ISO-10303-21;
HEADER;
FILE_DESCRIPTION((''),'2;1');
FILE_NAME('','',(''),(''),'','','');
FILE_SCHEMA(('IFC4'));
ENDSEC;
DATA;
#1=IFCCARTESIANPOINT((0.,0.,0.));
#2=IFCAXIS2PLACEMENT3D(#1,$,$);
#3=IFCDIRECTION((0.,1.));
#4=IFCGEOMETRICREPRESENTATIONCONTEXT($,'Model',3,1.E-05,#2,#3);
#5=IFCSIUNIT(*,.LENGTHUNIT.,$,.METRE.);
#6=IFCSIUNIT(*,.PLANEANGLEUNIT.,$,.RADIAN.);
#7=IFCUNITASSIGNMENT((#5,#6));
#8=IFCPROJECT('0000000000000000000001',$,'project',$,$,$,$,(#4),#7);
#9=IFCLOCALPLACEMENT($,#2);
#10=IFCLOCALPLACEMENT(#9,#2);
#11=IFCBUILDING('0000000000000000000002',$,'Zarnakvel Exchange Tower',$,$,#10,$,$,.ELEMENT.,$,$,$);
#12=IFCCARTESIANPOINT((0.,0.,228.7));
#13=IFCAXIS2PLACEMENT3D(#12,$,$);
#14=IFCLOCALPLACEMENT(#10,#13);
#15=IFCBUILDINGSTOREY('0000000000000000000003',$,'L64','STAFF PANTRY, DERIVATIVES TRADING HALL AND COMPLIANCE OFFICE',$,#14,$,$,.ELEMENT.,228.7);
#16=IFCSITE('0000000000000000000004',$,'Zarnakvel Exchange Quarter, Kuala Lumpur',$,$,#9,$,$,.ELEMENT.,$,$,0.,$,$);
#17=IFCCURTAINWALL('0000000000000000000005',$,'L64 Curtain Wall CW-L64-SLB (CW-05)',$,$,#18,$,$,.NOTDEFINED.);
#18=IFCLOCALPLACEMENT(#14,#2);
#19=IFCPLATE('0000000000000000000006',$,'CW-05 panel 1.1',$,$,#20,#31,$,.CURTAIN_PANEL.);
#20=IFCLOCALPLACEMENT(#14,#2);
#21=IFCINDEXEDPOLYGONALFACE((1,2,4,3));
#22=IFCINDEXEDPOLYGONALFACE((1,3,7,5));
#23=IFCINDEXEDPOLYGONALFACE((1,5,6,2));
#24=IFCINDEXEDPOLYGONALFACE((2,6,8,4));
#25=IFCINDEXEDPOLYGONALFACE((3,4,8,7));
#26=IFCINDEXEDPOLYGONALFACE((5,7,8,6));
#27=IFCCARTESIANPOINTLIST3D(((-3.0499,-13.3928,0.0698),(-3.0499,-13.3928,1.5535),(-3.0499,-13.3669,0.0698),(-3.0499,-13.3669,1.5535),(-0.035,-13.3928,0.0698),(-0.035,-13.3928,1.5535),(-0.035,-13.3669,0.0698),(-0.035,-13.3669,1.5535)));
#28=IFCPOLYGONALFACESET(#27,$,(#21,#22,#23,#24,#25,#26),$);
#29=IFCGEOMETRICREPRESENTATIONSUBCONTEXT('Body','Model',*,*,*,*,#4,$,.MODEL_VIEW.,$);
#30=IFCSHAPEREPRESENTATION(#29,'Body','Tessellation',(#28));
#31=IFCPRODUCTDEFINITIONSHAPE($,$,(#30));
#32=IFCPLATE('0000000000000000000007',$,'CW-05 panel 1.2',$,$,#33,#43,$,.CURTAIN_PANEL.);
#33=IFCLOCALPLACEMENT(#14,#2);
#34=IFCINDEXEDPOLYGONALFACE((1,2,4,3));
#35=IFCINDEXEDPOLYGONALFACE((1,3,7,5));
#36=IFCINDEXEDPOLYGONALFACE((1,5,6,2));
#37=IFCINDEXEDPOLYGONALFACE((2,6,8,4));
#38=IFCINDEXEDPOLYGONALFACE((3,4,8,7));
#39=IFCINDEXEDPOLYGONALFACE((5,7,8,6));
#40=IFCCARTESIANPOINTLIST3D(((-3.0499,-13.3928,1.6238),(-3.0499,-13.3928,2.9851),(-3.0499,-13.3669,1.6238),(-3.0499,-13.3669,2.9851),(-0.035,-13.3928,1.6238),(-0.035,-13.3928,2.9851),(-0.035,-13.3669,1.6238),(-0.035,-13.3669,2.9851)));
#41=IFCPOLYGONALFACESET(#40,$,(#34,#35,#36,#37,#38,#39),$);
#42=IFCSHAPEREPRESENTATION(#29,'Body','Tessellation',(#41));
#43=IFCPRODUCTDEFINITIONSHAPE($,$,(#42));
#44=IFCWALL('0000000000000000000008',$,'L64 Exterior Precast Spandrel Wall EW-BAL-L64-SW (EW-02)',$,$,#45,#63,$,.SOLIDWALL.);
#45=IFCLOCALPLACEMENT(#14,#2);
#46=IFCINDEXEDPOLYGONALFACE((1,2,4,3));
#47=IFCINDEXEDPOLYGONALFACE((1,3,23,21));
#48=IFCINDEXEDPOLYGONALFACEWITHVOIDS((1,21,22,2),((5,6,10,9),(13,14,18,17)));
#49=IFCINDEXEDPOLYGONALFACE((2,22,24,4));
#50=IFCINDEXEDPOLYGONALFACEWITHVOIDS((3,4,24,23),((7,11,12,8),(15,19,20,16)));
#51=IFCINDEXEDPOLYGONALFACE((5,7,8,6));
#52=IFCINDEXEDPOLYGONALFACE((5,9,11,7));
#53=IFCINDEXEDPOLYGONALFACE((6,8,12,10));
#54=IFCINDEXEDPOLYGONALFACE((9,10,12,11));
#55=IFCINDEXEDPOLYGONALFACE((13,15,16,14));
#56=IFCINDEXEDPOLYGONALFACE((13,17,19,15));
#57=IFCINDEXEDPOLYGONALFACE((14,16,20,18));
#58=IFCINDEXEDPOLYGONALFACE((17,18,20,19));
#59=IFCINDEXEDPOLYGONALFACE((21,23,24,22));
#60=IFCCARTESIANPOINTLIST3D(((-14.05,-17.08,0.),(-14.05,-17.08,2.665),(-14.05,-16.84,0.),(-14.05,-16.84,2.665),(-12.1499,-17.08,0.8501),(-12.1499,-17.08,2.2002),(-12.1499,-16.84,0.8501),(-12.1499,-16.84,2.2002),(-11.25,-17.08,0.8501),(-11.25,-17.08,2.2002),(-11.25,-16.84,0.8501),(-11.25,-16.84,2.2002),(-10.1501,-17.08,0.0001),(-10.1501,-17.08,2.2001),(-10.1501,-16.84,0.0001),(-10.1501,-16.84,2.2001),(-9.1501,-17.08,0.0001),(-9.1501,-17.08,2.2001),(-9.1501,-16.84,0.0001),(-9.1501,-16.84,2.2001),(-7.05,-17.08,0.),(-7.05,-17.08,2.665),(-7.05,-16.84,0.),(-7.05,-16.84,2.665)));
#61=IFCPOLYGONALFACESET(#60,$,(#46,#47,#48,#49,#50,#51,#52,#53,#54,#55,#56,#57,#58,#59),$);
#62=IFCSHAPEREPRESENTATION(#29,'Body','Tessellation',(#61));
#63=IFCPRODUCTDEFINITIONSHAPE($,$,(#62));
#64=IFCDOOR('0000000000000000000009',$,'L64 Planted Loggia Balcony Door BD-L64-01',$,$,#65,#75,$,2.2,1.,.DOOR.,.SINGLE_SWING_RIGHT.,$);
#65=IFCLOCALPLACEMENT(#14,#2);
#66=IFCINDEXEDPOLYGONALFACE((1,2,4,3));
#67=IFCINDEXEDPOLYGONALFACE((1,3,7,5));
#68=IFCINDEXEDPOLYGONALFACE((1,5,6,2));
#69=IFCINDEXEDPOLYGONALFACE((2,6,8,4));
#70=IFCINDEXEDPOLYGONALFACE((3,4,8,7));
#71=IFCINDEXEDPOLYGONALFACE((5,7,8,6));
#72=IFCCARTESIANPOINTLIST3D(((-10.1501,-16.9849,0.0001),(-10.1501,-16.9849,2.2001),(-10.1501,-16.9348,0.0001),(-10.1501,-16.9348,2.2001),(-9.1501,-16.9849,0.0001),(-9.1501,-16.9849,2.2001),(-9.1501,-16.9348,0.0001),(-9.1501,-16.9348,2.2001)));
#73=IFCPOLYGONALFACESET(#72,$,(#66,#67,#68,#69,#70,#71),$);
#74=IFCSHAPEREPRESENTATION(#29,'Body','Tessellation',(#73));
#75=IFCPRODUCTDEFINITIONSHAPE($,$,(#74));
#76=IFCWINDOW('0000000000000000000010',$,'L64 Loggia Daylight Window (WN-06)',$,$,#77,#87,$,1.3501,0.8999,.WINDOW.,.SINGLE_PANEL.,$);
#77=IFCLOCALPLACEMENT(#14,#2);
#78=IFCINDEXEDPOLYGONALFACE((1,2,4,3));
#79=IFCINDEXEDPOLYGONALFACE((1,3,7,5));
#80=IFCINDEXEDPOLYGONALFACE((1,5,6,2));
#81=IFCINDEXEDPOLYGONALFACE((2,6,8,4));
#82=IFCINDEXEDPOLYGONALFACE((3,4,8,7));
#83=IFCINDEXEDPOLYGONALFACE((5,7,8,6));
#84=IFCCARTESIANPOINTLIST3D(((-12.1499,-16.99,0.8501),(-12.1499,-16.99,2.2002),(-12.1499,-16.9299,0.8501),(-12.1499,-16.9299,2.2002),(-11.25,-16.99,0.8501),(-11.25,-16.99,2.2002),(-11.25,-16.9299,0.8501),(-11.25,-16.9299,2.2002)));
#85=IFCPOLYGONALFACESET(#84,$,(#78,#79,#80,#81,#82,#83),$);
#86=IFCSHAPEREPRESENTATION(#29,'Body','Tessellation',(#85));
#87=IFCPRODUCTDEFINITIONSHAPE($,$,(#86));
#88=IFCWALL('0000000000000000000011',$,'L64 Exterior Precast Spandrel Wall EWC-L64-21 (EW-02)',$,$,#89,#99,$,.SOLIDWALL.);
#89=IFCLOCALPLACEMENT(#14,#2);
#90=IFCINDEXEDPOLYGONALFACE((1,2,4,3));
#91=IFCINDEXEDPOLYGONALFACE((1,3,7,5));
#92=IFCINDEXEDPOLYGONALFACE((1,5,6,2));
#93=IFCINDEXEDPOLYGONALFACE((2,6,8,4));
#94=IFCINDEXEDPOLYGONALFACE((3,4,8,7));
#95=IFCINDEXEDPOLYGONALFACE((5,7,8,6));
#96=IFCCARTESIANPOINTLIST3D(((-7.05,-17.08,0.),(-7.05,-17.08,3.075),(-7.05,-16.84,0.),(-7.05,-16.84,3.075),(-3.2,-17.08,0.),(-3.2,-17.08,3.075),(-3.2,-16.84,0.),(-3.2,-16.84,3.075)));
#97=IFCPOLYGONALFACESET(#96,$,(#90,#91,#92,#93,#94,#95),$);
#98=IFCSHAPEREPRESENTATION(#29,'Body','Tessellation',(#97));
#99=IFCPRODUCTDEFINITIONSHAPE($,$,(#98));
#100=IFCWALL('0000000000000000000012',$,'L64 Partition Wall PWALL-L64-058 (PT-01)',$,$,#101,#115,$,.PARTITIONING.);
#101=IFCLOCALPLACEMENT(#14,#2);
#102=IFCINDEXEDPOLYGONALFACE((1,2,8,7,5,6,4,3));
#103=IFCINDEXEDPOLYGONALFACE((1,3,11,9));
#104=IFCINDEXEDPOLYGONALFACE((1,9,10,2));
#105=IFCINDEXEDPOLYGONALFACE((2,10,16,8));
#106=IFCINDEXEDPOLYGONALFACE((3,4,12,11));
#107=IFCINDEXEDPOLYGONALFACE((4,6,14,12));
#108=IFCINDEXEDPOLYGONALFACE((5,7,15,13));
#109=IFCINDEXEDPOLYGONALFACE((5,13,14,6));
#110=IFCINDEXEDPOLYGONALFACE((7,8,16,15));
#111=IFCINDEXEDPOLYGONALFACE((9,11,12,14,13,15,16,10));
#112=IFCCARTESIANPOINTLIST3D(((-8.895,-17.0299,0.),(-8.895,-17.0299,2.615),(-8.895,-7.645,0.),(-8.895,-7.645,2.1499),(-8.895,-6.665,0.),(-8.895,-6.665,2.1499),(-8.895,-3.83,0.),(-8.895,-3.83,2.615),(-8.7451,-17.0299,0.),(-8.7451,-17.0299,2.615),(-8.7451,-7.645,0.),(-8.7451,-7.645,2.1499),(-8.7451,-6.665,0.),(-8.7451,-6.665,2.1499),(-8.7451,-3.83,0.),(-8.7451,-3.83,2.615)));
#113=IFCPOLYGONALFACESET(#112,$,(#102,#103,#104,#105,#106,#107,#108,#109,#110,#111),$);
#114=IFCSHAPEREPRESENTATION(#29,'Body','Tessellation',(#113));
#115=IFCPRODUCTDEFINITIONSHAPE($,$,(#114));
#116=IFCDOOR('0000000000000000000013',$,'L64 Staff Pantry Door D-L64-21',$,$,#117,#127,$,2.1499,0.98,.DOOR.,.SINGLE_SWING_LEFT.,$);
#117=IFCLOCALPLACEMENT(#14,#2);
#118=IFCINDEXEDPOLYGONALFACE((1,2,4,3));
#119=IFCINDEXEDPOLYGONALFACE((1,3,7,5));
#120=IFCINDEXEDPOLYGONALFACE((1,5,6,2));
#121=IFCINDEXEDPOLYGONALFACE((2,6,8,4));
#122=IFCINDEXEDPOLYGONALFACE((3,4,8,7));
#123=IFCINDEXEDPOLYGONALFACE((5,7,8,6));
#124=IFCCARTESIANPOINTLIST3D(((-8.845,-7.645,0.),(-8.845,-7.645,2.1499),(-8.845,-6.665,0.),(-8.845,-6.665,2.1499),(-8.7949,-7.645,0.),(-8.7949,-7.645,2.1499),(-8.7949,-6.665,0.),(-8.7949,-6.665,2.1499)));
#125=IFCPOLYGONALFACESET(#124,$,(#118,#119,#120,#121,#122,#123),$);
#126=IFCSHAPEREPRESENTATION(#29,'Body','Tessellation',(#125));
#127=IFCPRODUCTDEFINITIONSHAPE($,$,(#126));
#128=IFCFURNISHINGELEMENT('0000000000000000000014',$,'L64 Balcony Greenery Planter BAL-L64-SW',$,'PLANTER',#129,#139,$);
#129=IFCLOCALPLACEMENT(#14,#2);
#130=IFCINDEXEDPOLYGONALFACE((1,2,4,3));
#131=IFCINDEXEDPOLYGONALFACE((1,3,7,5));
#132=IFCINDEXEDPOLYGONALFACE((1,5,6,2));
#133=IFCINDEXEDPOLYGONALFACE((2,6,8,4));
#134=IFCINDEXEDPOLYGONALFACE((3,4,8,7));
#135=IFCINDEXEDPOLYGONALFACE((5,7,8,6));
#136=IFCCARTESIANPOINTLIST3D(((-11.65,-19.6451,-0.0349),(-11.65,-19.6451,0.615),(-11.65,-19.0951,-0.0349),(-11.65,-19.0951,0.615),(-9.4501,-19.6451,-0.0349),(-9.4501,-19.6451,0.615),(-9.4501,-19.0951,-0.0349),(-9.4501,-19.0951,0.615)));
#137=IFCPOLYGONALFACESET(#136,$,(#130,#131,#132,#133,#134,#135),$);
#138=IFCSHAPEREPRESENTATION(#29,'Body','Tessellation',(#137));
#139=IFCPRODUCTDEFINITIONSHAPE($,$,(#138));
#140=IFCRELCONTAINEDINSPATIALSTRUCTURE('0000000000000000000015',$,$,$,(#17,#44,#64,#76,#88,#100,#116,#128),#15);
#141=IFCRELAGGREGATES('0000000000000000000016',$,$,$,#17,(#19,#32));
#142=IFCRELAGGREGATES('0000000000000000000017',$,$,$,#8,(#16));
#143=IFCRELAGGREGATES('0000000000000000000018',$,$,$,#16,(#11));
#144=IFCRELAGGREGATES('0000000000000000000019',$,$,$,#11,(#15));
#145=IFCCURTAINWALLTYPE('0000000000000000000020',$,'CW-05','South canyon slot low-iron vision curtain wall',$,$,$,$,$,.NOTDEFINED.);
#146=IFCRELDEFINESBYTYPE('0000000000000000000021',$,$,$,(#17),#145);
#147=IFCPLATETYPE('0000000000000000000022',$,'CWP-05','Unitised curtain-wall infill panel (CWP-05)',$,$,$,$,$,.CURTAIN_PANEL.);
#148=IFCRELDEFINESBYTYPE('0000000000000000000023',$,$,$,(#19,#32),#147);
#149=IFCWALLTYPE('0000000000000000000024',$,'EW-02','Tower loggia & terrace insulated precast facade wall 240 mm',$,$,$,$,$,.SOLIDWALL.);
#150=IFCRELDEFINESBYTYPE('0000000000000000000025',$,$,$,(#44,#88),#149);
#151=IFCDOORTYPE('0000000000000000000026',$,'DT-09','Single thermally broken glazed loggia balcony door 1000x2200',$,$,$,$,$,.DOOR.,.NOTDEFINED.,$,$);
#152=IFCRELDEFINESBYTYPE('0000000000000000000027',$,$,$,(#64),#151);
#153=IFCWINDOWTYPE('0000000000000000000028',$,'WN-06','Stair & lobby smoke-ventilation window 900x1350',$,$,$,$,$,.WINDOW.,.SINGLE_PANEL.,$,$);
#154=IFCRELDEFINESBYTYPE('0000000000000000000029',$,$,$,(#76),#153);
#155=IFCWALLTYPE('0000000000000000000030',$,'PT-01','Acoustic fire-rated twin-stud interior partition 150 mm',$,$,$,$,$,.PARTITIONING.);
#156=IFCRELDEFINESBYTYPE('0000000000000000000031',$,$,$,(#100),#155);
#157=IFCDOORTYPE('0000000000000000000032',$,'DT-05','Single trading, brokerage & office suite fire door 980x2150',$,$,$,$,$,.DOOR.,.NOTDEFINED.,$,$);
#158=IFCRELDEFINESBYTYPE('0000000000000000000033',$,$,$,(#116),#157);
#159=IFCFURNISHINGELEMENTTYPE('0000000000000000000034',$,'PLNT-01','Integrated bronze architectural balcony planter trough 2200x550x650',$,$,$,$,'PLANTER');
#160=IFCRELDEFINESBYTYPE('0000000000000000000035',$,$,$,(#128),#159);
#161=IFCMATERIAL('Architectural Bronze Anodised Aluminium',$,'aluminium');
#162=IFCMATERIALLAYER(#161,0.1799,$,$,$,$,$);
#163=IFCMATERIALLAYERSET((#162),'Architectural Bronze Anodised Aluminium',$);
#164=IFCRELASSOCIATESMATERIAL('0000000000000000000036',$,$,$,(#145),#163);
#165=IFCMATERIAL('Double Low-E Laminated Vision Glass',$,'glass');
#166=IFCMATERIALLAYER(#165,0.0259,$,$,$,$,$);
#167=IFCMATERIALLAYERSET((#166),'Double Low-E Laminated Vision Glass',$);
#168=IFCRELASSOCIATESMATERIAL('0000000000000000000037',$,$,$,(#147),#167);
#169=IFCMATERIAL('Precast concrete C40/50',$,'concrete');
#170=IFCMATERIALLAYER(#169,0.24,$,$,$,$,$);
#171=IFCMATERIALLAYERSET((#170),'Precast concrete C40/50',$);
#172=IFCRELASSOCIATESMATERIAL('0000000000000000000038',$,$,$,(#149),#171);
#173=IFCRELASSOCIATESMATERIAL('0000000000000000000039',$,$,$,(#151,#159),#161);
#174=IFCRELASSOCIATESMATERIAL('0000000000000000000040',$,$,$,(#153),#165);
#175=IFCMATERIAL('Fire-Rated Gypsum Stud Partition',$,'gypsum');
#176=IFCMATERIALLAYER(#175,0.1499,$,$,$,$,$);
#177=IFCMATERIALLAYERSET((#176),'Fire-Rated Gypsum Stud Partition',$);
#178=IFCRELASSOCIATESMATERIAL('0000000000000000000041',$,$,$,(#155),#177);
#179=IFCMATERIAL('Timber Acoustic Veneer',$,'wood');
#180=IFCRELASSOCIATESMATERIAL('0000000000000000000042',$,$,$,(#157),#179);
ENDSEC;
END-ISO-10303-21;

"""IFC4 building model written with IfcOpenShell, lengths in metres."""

from ifc_helpers import new_model, si_unit, direction, frame, frame_2d, origin, origin_2d, place, context, subcontext, project, spatial, rectangle, extrude, source, transform, mapped, material, layer, layer_set, type_object, element, fill, aggregate, save


model = new_model("IFC4")

# Units and contexts
model_context = context("Model", 3, precision=1e-05, world=origin(), true_north=direction((0.0, 1.0)))
body_context = subcontext(model_context, "Body", "Model", "MODEL_VIEW")
ifc_project = project(units=[si_unit("LENGTHUNIT", "METRE"), si_unit("PLANEANGLEUNIT", "RADIAN")], contexts=[model_context])

# Site, building, storey
site_placement = place(None, origin())
site = spatial("IfcSite", under=ifc_project, at=site_placement, Name="Zarnakvel Exchange Quarter, Kuala Lumpur", CompositionType="ELEMENT", RefElevation=0.0)
building_placement = place(site_placement, origin())
building = spatial("IfcBuilding", under=site, at=building_placement, Name="Zarnakvel Exchange Tower", CompositionType="ELEMENT")
storey_placement = place(building_placement, frame((0.0, 0.0, 228.7)))
storey = spatial("IfcBuildingStorey", under=building, at=storey_placement, Name="L64", Description="STAFF PANTRY, DERIVATIVES TRADING HALL AND COMPLIANCE OFFICE", CompositionType="ELEMENT", Elevation=228.7)

# Curtain wall
ifc_material_1 = material(Name="Architectural Bronze Anodised Aluminium", Category="aluminium")
ifc_layer_1 = layer(ifc_material_1, 0.1799)
ifc_layer_set_1 = layer_set([ifc_layer_1], Name="Architectural Bronze Anodised Aluminium")
curtain_wall_type = type_object("IfcCurtainWallType", Name="CW-05", Description="South canyon slot low-iron vision curtain wall", PredefinedType="NOTDEFINED", material=ifc_layer_set_1)
curtain_wall_1_placement = place(storey_placement, origin())
curtain_wall_1 = element("IfcCurtainWall", 1, at=curtain_wall_1_placement, inside=storey, type_object=curtain_wall_type, Name="L64 Curtain Wall CW-L64-SLB (CW-05)", PredefinedType="NOTDEFINED")

# Plates
ifc_material_2 = material(Name="Double Low-E Laminated Vision Glass", Category="glass")
ifc_layer_2 = layer(ifc_material_2, 0.0259)
ifc_layer_set_2 = layer_set([ifc_layer_2], Name="Double Low-E Laminated Vision Glass")
plate_type = type_object("IfcPlateType", Name="CWP-05", Description="Unitised curtain-wall infill panel (CWP-05)", PredefinedType="CURTAIN_PANEL", material=ifc_layer_set_2)
shared_shape_1 = source(origin(), body_context, "Body", "SweptSolid", [
    extrude(rectangle(XDim=3.0149, YDim=0.0259, at=origin_2d()), origin(), (0.0, 0.0, 1.0), 1.4836),
])
plate_1_placement = place(storey_placement, frame((-1.5425, -13.3799, 0.0698), z_axis=(0.0, 0.0, 1.0), x_axis=(1.0, 0.0, 0.0)))
plate_1 = element("IfcPlate", 2, at=plate_1_placement, type_object=plate_type, Name="CW-05 panel 1.1", PredefinedType="CURTAIN_PANEL", context=body_context, shape_type="MappedRepresentation", body=[
    mapped(shared_shape_1, transform((0.0, 0.0, 0.0), x_axis=(1.0, 0.0, 0.0), y_axis=(0.0, 1.0, 0.0), z_axis=(0.0, 0.0, 1.0), scale=1.0)),
])
shared_shape_2 = source(origin(), body_context, "Body", "SweptSolid", [
    extrude(rectangle(XDim=3.0149, YDim=0.0259, at=origin_2d()), origin(), (0.0, 0.0, 1.0), 1.3613),
])
plate_2_placement = place(storey_placement, frame((-1.5425, -13.3799, 1.6238), z_axis=(0.0, 0.0, 1.0), x_axis=(1.0, 0.0, 0.0)))
plate_2 = element("IfcPlate", 3, at=plate_2_placement, type_object=plate_type, Name="CW-05 panel 1.2", PredefinedType="CURTAIN_PANEL", context=body_context, shape_type="MappedRepresentation", body=[
    mapped(shared_shape_2, transform((0.0, 0.0, 0.0), x_axis=(1.0, 0.0, 0.0), y_axis=(0.0, 1.0, 0.0), z_axis=(0.0, 0.0, 1.0), scale=1.0)),
])
aggregate(curtain_wall_1, [plate_1, plate_2])

# Wall, openings, door, window
ifc_material_3 = material(Name="Precast concrete C40/50", Category="concrete")
ifc_layer_3 = layer(ifc_material_3, 0.24)
ifc_layer_set_3 = layer_set([ifc_layer_3], Name="Precast concrete C40/50")
wall_type_1 = type_object("IfcWallType", Name="EW-02", Description="Tower loggia & terrace insulated precast facade wall 240 mm", PredefinedType="SOLIDWALL", material=ifc_layer_set_3)
wall_1_placement = place(storey_placement, frame((-7.05, -16.96, 0.0), z_axis=(0.0, 0.0, 1.0), x_axis=(-1.0, 0.0, 0.0)))
wall_1 = element("IfcWall", 4, at=wall_1_placement, inside=storey, type_object=wall_type_1, Name="L64 Exterior Precast Spandrel Wall EW-BAL-L64-SW (EW-02)", PredefinedType="SOLIDWALL", context=body_context, shape_type="SweptSolid", body=[
    extrude(rectangle(XDim=7.0, YDim=0.24, at=frame_2d((3.5, 0.0))), origin(), (0.0, 0.0, 1.0), 2.665),
])
opening_1_placement = place(wall_1_placement, frame((2.1001, 0.0, 0.0)))
opening_1 = element("IfcOpeningElement", 5, at=opening_1_placement, cuts=wall_1, PredefinedType="OPENING", context=body_context, shape_type="SweptSolid", body=[
    extrude(rectangle(XDim=1.0, YDim=2.2, at=frame_2d((0.5, 1.1001))), frame((0.0, 0.1299, 0.0), z_axis=(0.0, -1.0, 0.0), x_axis=(1.0, 0.0, 0.0)), (0.0, 0.0, 1.0), 0.26),
])
opening_2_placement = place(wall_1_placement, frame((4.2, 0.0, 0.8501)))
opening_2 = element("IfcOpeningElement", 6, at=opening_2_placement, cuts=wall_1, PredefinedType="OPENING", context=body_context, shape_type="SweptSolid", body=[
    extrude(rectangle(XDim=0.8999, YDim=1.3501, at=frame_2d((0.45, 0.675))), frame((0.0, 0.1299, 0.0), z_axis=(0.0, -1.0, 0.0), x_axis=(1.0, 0.0, 0.0)), (0.0, 0.0, 1.0), 0.26),
])
door_type_1 = type_object("IfcDoorType", Name="DT-09", Description="Single thermally broken glazed loggia balcony door 1000x2200", OperationType="NOTDEFINED", PredefinedType="DOOR", material=ifc_material_1)
shared_shape_3 = source(origin(), body_context, "Body", "SweptSolid", [
    extrude(rectangle(XDim=1.0, YDim=2.2, at=frame_2d((0.5, 1.1001))), frame((0.0, 0.0249, 0.0), z_axis=(0.0, -1.0, 0.0), x_axis=(1.0, 0.0, 0.0)), (0.0, 0.0, 1.0), 0.05),
])
door_1_placement = place(opening_1_placement, origin())
door_1 = element("IfcDoor", 7, at=door_1_placement, inside=storey, type_object=door_type_1, Name="L64 Planted Loggia Balcony Door BD-L64-01", OperationType="SINGLE_SWING_RIGHT", OverallHeight=2.2, OverallWidth=1.0, PredefinedType="DOOR", context=body_context, shape_type="MappedRepresentation", body=[
    mapped(shared_shape_3, transform((0.0, 0.0, 0.0), x_axis=(1.0, 0.0, 0.0), y_axis=(0.0, 1.0, 0.0), z_axis=(0.0, 0.0, 1.0), scale=1.0)),
])
fill(opening_1, door_1)
window_type = type_object("IfcWindowType", Name="WN-06", Description="Stair & lobby smoke-ventilation window 900x1350", PartitioningType="SINGLE_PANEL", PredefinedType="WINDOW", material=ifc_material_2)
shared_shape_4 = source(origin(), body_context, "Body", "SweptSolid", [
    extrude(rectangle(XDim=0.8999, YDim=1.3501, at=frame_2d((0.45, 0.675))), frame((0.0, 0.03, 0.0), z_axis=(0.0, -1.0, 0.0), x_axis=(1.0, 0.0, 0.0)), (0.0, 0.0, 1.0), 0.0601),
])
window_placement = place(opening_2_placement, origin())
window = element("IfcWindow", 8, at=window_placement, inside=storey, type_object=window_type, Name="L64 Loggia Daylight Window (WN-06)", OverallHeight=1.3501, OverallWidth=0.8999, PartitioningType="SINGLE_PANEL", PredefinedType="WINDOW", context=body_context, shape_type="MappedRepresentation", body=[
    mapped(shared_shape_4, transform((0.0, 0.0, 0.0), x_axis=(1.0, 0.0, 0.0), y_axis=(0.0, 1.0, 0.0), z_axis=(0.0, 0.0, 1.0), scale=1.0)),
])
fill(opening_2, window)

# Wall
wall_2_placement = place(storey_placement, frame((-7.05, -16.96, 0.0), z_axis=(0.0, 0.0, 1.0), x_axis=(1.0, 0.0, 0.0)))
element("IfcWall", 9, at=wall_2_placement, inside=storey, type_object=wall_type_1, Name="L64 Exterior Precast Spandrel Wall EWC-L64-21 (EW-02)", PredefinedType="SOLIDWALL", context=body_context, shape_type="SweptSolid", body=[
    extrude(rectangle(XDim=3.8501, YDim=0.24, at=frame_2d((1.925, 0.0))), origin(), (0.0, 0.0, 1.0), 3.075),
])

# Wall, opening, door
ifc_material_4 = material(Name="Fire-Rated Gypsum Stud Partition", Category="gypsum")
ifc_layer_4 = layer(ifc_material_4, 0.1499)
ifc_layer_set_4 = layer_set([ifc_layer_4], Name="Fire-Rated Gypsum Stud Partition")
wall_type_2 = type_object("IfcWallType", Name="PT-01", Description="Acoustic fire-rated twin-stud interior partition 150 mm", PredefinedType="PARTITIONING", material=ifc_layer_set_4)
wall_3_placement = place(storey_placement, frame((-8.8201, -17.03, 0.0), z_axis=(0.0, 0.0, 1.0), x_axis=(0.0, 1.0, 0.0)))
wall_3 = element("IfcWall", 10, at=wall_3_placement, inside=storey, type_object=wall_type_2, Name="L64 Partition Wall PWALL-L64-058 (PT-01)", PredefinedType="PARTITIONING", context=body_context, shape_type="SweptSolid", body=[
    extrude(rectangle(XDim=13.2, YDim=0.1499, at=frame_2d((6.6001, 0.0))), origin(), (0.0, 0.0, 1.0), 2.615),
])
opening_3_placement = place(wall_3_placement, frame((9.385, 0.0, 0.0)))
opening_3 = element("IfcOpeningElement", 11, at=opening_3_placement, cuts=wall_3, PredefinedType="OPENING", context=body_context, shape_type="SweptSolid", body=[
    extrude(rectangle(XDim=0.98, YDim=2.1499, at=frame_2d((0.49, 1.075))), frame((0.0, 0.085, 0.0), z_axis=(0.0, -1.0, 0.0), x_axis=(1.0, 0.0, 0.0)), (0.0, 0.0, 1.0), 0.1699),
])
ifc_material_5 = material(Name="Timber Acoustic Veneer", Category="wood")
door_type_2 = type_object("IfcDoorType", Name="DT-05", Description="Single trading, brokerage & office suite fire door 980x2150", OperationType="NOTDEFINED", PredefinedType="DOOR", material=ifc_material_5)
shared_shape_5 = source(origin(), body_context, "Body", "SweptSolid", [
    extrude(rectangle(XDim=0.98, YDim=2.1499, at=frame_2d((0.49, 1.075))), frame((0.0, 0.0249, 0.0), z_axis=(0.0, -1.0, 0.0), x_axis=(1.0, 0.0, 0.0)), (0.0, 0.0, 1.0), 0.05),
])
door_2_placement = place(opening_3_placement, origin())
door_2 = element("IfcDoor", 12, at=door_2_placement, inside=storey, type_object=door_type_2, Name="L64 Staff Pantry Door D-L64-21", OperationType="SINGLE_SWING_LEFT", OverallHeight=2.1499, OverallWidth=0.98, PredefinedType="DOOR", context=body_context, shape_type="MappedRepresentation", body=[
    mapped(shared_shape_5, transform((0.0, 0.0, 0.0), x_axis=(1.0, 0.0, 0.0), y_axis=(0.0, 1.0, 0.0), z_axis=(0.0, 0.0, 1.0), scale=1.0)),
])
fill(opening_3, door_2)

# Furnishing element
furnishing_element_type = type_object("IfcFurnishingElementType", Name="PLNT-01", Description="Integrated bronze architectural balcony planter trough 2200x550x650", ElementType="PLANTER", material=ifc_material_1)
shared_shape_6 = source(origin(), body_context, "Body", "SweptSolid", [
    extrude(rectangle(XDim=2.2, YDim=0.55, at=origin_2d()), origin(), (0.0, 0.0, 1.0), 0.6499),
])
furnishing_placement = place(storey_placement, frame((-10.55, -19.3701, -0.0349), z_axis=(0.0, 0.0, 1.0), x_axis=(1.0, 0.0, 0.0)))
element("IfcFurnishingElement", 13, at=furnishing_placement, inside=storey, type_object=furnishing_element_type, Name="L64 Balcony Greenery Planter BAL-L64-SW", ObjectType="PLANTER", context=body_context, shape_type="MappedRepresentation", body=[
    mapped(shared_shape_6, transform((0.0, 0.0, 0.0), x_axis=(1.0, 0.0, 0.0), y_axis=(0.0, 1.0, 0.0), z_axis=(0.0, 0.0, 1.0), scale=1.0)),
])

save(model, "model.ifc")
